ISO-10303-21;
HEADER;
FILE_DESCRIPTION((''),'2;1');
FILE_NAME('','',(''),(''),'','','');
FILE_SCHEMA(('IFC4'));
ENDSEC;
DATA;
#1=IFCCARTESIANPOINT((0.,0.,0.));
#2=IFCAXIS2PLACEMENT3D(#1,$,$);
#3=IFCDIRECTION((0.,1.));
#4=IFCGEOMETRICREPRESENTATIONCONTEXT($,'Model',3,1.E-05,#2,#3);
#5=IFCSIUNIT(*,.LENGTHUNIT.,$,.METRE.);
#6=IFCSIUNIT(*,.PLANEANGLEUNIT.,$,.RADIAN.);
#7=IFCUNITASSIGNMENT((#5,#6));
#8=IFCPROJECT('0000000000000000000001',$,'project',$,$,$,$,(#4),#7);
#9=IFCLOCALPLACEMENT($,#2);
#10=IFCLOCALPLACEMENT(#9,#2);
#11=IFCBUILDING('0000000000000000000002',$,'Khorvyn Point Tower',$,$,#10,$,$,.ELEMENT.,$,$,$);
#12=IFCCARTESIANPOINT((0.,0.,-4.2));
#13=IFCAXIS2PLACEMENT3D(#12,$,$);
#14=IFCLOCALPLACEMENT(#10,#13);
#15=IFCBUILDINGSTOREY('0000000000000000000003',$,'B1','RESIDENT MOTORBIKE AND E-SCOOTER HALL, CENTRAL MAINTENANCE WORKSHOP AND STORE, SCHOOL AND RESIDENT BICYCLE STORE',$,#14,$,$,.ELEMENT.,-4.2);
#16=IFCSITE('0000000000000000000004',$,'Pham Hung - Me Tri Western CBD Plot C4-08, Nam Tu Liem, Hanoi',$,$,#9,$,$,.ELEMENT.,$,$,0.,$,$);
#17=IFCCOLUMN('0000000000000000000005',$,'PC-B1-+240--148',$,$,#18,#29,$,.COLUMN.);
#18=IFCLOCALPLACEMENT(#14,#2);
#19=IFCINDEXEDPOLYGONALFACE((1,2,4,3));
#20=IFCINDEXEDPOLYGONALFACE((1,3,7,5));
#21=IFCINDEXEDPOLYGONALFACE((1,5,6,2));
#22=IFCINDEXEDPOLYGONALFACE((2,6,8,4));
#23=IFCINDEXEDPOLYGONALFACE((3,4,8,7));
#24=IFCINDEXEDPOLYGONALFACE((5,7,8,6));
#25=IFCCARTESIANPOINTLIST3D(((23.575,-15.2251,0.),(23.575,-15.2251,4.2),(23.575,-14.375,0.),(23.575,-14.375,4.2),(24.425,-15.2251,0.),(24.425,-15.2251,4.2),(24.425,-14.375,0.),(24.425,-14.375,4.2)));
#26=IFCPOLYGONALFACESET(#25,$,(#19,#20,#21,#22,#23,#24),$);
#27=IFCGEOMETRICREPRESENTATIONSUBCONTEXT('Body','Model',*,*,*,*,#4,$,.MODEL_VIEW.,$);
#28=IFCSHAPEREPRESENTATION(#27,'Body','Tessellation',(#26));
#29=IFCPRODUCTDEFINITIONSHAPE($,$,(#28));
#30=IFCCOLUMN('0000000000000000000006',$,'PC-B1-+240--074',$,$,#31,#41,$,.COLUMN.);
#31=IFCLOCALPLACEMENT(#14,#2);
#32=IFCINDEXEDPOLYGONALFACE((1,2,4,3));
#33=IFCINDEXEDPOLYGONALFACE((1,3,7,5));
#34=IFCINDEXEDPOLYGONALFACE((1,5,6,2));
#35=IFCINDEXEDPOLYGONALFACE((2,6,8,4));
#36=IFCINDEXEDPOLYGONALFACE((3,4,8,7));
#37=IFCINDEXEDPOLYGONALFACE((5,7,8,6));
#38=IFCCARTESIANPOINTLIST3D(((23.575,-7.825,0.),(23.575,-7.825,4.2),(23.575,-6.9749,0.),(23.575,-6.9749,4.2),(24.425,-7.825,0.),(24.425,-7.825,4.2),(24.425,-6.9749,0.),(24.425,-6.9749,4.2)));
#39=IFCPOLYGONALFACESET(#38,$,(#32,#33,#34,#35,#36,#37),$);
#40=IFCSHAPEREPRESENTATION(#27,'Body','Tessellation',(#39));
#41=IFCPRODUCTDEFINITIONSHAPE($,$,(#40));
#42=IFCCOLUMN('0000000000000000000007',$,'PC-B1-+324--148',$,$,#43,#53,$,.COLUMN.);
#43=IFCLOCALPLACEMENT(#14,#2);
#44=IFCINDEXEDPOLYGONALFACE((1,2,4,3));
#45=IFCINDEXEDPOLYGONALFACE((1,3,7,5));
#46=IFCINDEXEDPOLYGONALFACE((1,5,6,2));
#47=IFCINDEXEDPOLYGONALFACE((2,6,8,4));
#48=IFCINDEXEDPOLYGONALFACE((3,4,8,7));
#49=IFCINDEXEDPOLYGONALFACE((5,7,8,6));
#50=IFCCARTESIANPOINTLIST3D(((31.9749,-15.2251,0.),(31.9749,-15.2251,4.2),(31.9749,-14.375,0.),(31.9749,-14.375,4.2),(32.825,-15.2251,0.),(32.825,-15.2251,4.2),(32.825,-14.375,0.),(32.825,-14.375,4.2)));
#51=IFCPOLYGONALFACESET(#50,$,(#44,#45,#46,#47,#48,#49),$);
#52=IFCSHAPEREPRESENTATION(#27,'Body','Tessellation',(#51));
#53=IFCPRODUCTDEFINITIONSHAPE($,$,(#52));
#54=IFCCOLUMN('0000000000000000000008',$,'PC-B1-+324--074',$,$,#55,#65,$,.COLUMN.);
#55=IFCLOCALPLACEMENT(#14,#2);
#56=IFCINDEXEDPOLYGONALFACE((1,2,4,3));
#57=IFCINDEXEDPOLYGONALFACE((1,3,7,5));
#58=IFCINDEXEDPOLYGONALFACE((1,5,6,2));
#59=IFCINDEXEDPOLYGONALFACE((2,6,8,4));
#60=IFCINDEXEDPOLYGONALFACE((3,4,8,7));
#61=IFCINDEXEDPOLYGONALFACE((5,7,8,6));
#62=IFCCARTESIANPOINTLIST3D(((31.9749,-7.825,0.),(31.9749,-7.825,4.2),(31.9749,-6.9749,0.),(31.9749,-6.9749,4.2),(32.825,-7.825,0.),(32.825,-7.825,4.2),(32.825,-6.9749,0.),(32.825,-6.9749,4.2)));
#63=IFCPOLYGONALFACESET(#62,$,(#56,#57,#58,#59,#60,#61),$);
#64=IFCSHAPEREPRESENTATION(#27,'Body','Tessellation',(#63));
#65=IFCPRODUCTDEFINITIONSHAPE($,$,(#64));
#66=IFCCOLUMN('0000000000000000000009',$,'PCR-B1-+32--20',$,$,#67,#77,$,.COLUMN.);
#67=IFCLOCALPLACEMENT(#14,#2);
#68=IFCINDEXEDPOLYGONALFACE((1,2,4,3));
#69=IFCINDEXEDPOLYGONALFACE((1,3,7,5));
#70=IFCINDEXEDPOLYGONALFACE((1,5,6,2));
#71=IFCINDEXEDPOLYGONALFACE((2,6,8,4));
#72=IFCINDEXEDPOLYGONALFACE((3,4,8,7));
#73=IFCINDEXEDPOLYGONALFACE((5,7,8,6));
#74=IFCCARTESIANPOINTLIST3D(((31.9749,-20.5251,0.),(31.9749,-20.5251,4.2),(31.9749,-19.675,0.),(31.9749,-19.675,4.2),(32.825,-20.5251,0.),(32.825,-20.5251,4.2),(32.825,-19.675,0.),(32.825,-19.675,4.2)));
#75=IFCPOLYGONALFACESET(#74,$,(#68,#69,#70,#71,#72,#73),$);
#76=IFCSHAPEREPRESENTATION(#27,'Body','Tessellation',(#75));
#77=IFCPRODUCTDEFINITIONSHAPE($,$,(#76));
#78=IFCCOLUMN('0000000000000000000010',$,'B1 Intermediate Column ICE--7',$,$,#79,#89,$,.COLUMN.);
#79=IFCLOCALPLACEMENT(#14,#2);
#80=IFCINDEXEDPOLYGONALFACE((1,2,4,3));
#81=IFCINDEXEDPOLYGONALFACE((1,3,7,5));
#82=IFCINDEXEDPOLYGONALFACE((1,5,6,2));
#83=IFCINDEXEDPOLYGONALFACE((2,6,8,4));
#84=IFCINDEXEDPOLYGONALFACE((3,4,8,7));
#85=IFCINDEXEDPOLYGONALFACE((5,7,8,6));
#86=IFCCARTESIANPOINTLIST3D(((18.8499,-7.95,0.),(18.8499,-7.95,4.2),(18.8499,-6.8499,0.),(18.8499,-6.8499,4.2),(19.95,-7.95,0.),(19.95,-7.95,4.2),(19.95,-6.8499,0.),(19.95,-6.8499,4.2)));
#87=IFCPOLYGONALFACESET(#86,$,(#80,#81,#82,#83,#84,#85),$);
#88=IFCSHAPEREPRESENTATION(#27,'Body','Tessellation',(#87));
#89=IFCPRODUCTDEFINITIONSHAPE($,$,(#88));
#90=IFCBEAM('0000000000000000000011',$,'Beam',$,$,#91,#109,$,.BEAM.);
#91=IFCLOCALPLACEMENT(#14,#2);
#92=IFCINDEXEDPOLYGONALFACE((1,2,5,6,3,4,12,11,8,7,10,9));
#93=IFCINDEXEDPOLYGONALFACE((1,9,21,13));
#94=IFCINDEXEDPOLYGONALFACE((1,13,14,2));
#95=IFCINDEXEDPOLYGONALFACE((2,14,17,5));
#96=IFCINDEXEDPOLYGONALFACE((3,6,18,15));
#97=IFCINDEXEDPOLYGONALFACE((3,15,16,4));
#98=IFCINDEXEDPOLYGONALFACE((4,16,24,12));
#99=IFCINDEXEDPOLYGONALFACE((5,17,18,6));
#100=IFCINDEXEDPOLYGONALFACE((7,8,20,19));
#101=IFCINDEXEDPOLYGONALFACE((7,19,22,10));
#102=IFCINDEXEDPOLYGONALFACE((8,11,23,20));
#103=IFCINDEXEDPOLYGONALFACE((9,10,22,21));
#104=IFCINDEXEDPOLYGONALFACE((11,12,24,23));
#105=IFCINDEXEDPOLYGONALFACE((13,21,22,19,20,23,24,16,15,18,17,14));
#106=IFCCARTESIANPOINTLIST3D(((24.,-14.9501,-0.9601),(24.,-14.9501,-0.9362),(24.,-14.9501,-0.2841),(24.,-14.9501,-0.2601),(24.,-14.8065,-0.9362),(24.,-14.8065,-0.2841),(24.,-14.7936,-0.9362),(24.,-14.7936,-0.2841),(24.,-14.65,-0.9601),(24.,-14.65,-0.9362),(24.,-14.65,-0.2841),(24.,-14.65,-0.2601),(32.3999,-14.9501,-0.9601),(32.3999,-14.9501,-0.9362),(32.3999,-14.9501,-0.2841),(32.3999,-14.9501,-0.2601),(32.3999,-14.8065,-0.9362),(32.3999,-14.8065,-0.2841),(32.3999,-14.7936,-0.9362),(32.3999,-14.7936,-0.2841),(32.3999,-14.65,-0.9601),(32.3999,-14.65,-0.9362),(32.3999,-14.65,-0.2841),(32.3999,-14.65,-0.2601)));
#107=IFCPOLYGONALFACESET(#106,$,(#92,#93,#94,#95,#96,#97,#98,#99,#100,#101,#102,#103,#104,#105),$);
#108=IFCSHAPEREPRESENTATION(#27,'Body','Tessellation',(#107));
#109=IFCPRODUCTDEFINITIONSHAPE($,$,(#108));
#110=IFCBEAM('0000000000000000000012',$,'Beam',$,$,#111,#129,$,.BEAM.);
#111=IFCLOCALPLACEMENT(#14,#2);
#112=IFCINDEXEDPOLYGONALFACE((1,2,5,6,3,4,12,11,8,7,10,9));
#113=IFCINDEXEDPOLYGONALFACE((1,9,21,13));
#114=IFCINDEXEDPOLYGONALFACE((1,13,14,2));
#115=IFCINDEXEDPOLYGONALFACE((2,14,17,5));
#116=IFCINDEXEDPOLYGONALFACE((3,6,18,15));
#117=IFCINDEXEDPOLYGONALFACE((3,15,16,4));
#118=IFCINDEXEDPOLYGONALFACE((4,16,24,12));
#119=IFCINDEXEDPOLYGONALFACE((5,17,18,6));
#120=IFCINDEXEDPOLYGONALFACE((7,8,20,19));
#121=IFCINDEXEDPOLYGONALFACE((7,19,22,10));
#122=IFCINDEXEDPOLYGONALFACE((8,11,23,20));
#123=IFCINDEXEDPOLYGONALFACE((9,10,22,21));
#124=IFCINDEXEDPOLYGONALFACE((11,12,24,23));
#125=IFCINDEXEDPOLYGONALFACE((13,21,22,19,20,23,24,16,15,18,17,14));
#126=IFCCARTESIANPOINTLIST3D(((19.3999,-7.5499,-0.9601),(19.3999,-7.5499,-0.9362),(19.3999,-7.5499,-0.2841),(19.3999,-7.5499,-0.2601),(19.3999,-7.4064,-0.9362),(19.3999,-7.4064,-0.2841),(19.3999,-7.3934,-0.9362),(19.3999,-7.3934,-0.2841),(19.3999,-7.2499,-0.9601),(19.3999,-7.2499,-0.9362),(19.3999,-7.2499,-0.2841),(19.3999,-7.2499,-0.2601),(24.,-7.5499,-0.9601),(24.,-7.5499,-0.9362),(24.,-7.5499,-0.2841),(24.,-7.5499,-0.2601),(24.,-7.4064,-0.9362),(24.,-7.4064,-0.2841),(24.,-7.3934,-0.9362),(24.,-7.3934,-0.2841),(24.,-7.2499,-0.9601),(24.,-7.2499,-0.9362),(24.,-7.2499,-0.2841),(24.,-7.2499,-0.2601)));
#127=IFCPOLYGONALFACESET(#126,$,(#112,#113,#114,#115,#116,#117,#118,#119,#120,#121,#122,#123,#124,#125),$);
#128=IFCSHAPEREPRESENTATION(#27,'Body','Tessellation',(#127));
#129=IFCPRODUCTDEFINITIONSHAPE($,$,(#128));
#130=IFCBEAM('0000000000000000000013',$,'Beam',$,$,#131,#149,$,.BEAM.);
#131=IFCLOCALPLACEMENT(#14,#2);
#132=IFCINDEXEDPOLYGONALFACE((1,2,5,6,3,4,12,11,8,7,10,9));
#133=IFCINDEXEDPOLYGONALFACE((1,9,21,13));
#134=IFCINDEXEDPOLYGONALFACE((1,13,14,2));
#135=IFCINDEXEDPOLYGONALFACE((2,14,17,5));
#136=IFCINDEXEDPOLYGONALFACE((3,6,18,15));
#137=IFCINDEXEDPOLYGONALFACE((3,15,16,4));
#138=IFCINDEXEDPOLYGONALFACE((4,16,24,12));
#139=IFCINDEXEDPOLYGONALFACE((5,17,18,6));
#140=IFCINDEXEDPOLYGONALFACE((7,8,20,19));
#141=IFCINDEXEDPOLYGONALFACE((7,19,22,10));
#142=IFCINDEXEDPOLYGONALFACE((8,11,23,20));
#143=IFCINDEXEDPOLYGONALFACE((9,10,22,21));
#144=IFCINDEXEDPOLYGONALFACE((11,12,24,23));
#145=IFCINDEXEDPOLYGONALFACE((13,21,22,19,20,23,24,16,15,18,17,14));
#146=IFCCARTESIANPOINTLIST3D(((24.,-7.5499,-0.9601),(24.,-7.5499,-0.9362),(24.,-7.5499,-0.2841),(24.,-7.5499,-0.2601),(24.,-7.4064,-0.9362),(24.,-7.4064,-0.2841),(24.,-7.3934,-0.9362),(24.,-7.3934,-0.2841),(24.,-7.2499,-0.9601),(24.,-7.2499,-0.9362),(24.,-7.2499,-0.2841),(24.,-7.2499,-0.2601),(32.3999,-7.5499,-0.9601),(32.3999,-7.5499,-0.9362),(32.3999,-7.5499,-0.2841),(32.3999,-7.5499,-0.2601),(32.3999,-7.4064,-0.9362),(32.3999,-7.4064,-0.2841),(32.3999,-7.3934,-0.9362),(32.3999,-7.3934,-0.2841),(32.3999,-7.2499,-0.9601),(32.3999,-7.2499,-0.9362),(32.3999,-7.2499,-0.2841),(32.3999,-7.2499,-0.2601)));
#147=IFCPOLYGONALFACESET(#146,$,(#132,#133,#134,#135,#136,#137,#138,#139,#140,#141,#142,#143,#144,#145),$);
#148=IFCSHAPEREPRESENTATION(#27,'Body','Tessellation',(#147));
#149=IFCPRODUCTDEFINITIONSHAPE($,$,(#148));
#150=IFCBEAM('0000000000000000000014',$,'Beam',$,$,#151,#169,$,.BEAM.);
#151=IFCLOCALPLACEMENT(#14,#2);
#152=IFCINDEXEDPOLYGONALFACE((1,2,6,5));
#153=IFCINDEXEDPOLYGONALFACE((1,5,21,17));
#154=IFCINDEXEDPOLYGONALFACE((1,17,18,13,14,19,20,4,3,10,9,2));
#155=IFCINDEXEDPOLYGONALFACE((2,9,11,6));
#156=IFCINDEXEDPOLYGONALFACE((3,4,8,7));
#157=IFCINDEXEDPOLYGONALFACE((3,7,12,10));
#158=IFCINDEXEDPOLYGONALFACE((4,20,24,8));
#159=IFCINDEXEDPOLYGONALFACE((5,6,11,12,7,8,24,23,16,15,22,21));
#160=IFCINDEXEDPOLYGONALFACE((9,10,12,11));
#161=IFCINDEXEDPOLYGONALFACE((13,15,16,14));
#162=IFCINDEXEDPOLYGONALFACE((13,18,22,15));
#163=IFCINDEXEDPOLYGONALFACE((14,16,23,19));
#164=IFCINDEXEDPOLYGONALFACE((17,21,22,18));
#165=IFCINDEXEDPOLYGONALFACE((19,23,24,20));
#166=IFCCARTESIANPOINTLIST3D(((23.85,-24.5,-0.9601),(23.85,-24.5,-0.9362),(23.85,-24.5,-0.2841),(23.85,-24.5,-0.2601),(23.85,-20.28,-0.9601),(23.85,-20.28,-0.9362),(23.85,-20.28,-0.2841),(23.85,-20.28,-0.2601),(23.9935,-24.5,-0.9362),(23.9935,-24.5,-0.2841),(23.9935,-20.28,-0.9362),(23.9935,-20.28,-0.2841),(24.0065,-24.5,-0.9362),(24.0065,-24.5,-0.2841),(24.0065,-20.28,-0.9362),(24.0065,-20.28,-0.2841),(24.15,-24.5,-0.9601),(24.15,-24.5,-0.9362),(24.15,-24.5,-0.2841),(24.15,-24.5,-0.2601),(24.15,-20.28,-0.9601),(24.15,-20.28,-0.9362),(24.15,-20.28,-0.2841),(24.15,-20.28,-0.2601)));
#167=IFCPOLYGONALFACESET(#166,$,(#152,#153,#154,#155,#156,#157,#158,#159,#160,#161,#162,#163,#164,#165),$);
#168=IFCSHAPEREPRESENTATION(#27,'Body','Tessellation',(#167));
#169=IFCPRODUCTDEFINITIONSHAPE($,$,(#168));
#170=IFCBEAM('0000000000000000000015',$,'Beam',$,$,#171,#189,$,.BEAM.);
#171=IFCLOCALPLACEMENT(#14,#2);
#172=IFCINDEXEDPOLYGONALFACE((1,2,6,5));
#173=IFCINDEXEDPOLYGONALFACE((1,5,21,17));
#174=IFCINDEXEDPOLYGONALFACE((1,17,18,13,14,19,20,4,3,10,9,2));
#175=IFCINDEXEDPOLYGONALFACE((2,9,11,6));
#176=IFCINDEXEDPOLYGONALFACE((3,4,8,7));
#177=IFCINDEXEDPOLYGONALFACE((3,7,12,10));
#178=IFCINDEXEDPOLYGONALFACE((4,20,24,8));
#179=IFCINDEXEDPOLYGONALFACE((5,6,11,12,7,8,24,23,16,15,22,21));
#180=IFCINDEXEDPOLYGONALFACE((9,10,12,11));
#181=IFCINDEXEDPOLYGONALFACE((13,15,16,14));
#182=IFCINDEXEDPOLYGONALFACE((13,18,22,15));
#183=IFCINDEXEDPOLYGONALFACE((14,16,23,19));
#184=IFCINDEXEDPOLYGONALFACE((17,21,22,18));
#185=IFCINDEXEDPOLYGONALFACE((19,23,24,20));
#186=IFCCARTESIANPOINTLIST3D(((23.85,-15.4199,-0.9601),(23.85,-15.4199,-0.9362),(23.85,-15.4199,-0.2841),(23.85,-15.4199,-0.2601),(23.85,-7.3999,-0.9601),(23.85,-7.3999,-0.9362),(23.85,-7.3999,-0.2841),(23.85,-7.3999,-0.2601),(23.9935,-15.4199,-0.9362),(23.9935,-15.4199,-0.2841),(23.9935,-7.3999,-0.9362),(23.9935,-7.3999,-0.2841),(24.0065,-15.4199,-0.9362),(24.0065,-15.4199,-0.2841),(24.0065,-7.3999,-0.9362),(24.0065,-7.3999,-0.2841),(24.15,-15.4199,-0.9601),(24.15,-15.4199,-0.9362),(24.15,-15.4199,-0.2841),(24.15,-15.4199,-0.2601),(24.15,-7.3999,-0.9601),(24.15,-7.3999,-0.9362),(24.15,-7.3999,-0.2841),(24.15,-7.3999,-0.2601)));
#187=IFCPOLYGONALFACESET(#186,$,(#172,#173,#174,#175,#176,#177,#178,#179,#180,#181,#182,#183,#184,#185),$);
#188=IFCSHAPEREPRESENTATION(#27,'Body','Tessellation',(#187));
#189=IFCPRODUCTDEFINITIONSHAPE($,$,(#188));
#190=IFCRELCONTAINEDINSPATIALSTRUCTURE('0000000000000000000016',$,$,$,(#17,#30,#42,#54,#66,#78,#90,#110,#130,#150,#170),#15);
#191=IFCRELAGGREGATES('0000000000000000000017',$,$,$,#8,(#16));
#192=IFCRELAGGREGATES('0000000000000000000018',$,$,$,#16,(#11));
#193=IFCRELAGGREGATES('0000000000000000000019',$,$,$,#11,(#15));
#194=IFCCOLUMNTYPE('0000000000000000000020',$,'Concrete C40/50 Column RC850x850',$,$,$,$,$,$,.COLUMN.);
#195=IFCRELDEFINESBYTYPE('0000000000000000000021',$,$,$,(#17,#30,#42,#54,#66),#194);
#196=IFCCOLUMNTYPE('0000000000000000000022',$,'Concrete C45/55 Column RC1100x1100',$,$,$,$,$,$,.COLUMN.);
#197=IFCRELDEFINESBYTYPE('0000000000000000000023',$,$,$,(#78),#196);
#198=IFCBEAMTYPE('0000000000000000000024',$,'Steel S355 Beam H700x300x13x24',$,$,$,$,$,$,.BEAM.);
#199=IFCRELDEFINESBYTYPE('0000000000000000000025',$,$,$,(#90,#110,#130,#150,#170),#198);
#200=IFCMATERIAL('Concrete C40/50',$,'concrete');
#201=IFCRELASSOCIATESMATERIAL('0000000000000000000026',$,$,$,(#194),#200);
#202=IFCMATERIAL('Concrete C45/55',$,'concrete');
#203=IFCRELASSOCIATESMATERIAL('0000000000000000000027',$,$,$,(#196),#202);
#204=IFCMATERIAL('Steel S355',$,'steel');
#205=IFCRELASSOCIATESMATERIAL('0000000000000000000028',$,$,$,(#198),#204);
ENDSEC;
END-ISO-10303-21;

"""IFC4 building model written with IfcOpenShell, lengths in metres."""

from ifc_helpers import new_model, si_unit, direction, frame, origin, origin_2d, place, context, subcontext, project, spatial, rectangle, i_section, extrude, material, material_profile, profile_set, type_object, element, save


model = new_model("IFC4")

# Units and contexts
model_context = context("Model", 3, precision=1e-05, world=origin(), true_north=direction((0.0, 1.0)))
body_context = subcontext(model_context, "Body", "Model", "MODEL_VIEW")
ifc_project = project(units=[si_unit("LENGTHUNIT", "METRE"), si_unit("PLANEANGLEUNIT", "RADIAN")], contexts=[model_context])

# Site, building, storey
site_placement = place(None, origin())
site = spatial("IfcSite", under=ifc_project, at=site_placement, Name="Pham Hung - Me Tri Western CBD Plot C4-08, Nam Tu Liem, Hanoi", CompositionType="ELEMENT", RefElevation=0.0)
building_placement = place(site_placement, origin())
building = spatial("IfcBuilding", under=site, at=building_placement, Name="Khorvyn Point Tower", CompositionType="ELEMENT")
storey_placement = place(building_placement, frame((0.0, 0.0, -4.2)))
storey = spatial("IfcBuildingStorey", under=building, at=storey_placement, Name="B1", Description="RESIDENT MOTORBIKE AND E-SCOOTER HALL, CENTRAL MAINTENANCE WORKSHOP AND STORE, SCHOOL AND RESIDENT BICYCLE STORE", CompositionType="ELEMENT", Elevation=-4.2)

# Columns
ifc_material_1 = material(Name="Concrete C40/50", Category="concrete")
ifc_material_profile_1 = material_profile(ifc_material_1, rectangle(XDim=0.8501, YDim=0.8501, at=origin_2d()))
ifc_profile_set_1 = profile_set([ifc_material_profile_1], Name="Concrete C40/50 RC850x850")
column_type_1 = type_object("IfcColumnType", Name="Concrete C40/50 Column RC850x850", PredefinedType="COLUMN", material=ifc_profile_set_1)
for number, where, z_axis, x_axis, name in (
    (1, (24.0, -14.8, 0.0), (0.0, 0.0, 1.0), (1.0, 0.0, 0.0), "PC-B1-+240--148"),
    (2, (24.0, -7.3999, 0.0), (0.0, 0.0, 1.0), (1.0, 0.0, 0.0), "PC-B1-+240--074"),
    (3, (32.3999, -14.8, 0.0), (0.0, 0.0, 1.0), (1.0, 0.0, 0.0), "PC-B1-+324--148"),
    (4, (32.3999, -7.3999, 0.0), (0.0, 0.0, 1.0), (1.0, 0.0, 0.0), "PC-B1-+324--074"),
    (5, (32.3999, -20.1001, 0.0), (0.0, 0.0, 1.0), (1.0, 0.0, 0.0), "PCR-B1-+32--20"),
):
    element("IfcColumn", number, at=place(storey_placement, frame(where, z_axis=z_axis, x_axis=x_axis)), inside=storey, type_object=column_type_1, Name=name, PredefinedType="COLUMN", context=body_context, shape_type="SweptSolid", body=[
        extrude(rectangle(XDim=0.8501, YDim=0.8501, at=origin_2d()), origin(), (0.0, 0.0, 1.0), 4.2),
    ])
ifc_material_2 = material(Name="Concrete C45/55", Category="concrete")
ifc_material_profile_2 = material_profile(ifc_material_2, rectangle(XDim=1.1001, YDim=1.1001, at=origin_2d()))
ifc_profile_set_2 = profile_set([ifc_material_profile_2], Name="Concrete C45/55 RC1100x1100")
column_type_2 = type_object("IfcColumnType", Name="Concrete C45/55 Column RC1100x1100", PredefinedType="COLUMN", material=ifc_profile_set_2)
column_placement = place(storey_placement, frame((19.3999, -7.3999, 0.0), z_axis=(0.0, 0.0, 1.0), x_axis=(1.0, 0.0, 0.0)))
element("IfcColumn", 6, at=column_placement, inside=storey, type_object=column_type_2, Name="B1 Intermediate Column ICE--7", PredefinedType="COLUMN", context=body_context, shape_type="SweptSolid", body=[
    extrude(rectangle(XDim=1.1001, YDim=1.1001, at=origin_2d()), origin(), (0.0, 0.0, 1.0), 4.2),
])

# Beams
ifc_material_3 = material(Name="Steel S355", Category="steel")
ifc_material_profile_3 = material_profile(ifc_material_3, i_section(OverallWidth=0.3, OverallDepth=0.7, WebThickness=0.0129, FlangeThickness=0.0239, at=origin_2d()))
ifc_profile_set_3 = profile_set([ifc_material_profile_3], Name="Steel S355 H700x300x13x24")
beam_type_1 = type_object("IfcBeamType", Name="Steel S355 Beam H700x300x13x24", PredefinedType="BEAM", material=ifc_profile_set_3)
beam_1_placement = place(storey_placement, frame((24.0, -14.8, -0.6101), z_axis=(1.0, 0.0, 0.0), x_axis=(0.0, 1.0, 0.0)))
element("IfcBeam", 7, at=beam_1_placement, inside=storey, type_object=beam_type_1, Name="Beam", PredefinedType="BEAM", context=body_context, shape_type="SweptSolid", body=[
    extrude(i_section(OverallWidth=0.3, OverallDepth=0.7, WebThickness=0.0129, FlangeThickness=0.0239, at=origin_2d()), origin(), (0.0, 0.0, 1.0), 8.3999),
])
beam_2_placement = place(storey_placement, frame((19.3999, -7.3999, -0.6101), z_axis=(1.0, 0.0, 0.0), x_axis=(0.0, 1.0, 0.0)))
element("IfcBeam", 8, at=beam_2_placement, inside=storey, type_object=beam_type_1, Name="Beam", PredefinedType="BEAM", context=body_context, shape_type="SweptSolid", body=[
    extrude(i_section(OverallWidth=0.3, OverallDepth=0.7, WebThickness=0.0129, FlangeThickness=0.0239, at=origin_2d()), origin(), (0.0, 0.0, 1.0), 4.6001),
])
beam_3_placement = place(storey_placement, frame((24.0, -7.3999, -0.6101), z_axis=(1.0, 0.0, 0.0), x_axis=(0.0, 1.0, 0.0)))
element("IfcBeam", 9, at=beam_3_placement, inside=storey, type_object=beam_type_1, Name="Beam", PredefinedType="BEAM", context=body_context, shape_type="SweptSolid", body=[
    extrude(i_section(OverallWidth=0.3, OverallDepth=0.7, WebThickness=0.0129, FlangeThickness=0.0239, at=origin_2d()), origin(), (0.0, 0.0, 1.0), 8.3999),
])
beam_4_placement = place(storey_placement, frame((24.0, -24.5, -0.6101), z_axis=(0.0, 1.0, 0.0), x_axis=(-1.0, 0.0, 0.0)))
element("IfcBeam", 10, at=beam_4_placement, inside=storey, type_object=beam_type_1, Name="Beam", PredefinedType="BEAM", context=body_context, shape_type="SweptSolid", body=[
    extrude(i_section(OverallWidth=0.3, OverallDepth=0.7, WebThickness=0.0129, FlangeThickness=0.0239, at=origin_2d()), origin(), (0.0, 0.0, 1.0), 4.22),
])
beam_5_placement = place(storey_placement, frame((24.0, -15.4199, -0.6101), z_axis=(0.0, 1.0, 0.0), x_axis=(-1.0, 0.0, 0.0)))
element("IfcBeam", 11, at=beam_5_placement, inside=storey, type_object=beam_type_1, Name="Beam", PredefinedType="BEAM", context=body_context, shape_type="SweptSolid", body=[
    extrude(i_section(OverallWidth=0.3, OverallDepth=0.7, WebThickness=0.0129, FlangeThickness=0.0239, at=origin_2d()), origin(), (0.0, 0.0, 1.0), 8.02),
])

save(model, "model.ifc")
